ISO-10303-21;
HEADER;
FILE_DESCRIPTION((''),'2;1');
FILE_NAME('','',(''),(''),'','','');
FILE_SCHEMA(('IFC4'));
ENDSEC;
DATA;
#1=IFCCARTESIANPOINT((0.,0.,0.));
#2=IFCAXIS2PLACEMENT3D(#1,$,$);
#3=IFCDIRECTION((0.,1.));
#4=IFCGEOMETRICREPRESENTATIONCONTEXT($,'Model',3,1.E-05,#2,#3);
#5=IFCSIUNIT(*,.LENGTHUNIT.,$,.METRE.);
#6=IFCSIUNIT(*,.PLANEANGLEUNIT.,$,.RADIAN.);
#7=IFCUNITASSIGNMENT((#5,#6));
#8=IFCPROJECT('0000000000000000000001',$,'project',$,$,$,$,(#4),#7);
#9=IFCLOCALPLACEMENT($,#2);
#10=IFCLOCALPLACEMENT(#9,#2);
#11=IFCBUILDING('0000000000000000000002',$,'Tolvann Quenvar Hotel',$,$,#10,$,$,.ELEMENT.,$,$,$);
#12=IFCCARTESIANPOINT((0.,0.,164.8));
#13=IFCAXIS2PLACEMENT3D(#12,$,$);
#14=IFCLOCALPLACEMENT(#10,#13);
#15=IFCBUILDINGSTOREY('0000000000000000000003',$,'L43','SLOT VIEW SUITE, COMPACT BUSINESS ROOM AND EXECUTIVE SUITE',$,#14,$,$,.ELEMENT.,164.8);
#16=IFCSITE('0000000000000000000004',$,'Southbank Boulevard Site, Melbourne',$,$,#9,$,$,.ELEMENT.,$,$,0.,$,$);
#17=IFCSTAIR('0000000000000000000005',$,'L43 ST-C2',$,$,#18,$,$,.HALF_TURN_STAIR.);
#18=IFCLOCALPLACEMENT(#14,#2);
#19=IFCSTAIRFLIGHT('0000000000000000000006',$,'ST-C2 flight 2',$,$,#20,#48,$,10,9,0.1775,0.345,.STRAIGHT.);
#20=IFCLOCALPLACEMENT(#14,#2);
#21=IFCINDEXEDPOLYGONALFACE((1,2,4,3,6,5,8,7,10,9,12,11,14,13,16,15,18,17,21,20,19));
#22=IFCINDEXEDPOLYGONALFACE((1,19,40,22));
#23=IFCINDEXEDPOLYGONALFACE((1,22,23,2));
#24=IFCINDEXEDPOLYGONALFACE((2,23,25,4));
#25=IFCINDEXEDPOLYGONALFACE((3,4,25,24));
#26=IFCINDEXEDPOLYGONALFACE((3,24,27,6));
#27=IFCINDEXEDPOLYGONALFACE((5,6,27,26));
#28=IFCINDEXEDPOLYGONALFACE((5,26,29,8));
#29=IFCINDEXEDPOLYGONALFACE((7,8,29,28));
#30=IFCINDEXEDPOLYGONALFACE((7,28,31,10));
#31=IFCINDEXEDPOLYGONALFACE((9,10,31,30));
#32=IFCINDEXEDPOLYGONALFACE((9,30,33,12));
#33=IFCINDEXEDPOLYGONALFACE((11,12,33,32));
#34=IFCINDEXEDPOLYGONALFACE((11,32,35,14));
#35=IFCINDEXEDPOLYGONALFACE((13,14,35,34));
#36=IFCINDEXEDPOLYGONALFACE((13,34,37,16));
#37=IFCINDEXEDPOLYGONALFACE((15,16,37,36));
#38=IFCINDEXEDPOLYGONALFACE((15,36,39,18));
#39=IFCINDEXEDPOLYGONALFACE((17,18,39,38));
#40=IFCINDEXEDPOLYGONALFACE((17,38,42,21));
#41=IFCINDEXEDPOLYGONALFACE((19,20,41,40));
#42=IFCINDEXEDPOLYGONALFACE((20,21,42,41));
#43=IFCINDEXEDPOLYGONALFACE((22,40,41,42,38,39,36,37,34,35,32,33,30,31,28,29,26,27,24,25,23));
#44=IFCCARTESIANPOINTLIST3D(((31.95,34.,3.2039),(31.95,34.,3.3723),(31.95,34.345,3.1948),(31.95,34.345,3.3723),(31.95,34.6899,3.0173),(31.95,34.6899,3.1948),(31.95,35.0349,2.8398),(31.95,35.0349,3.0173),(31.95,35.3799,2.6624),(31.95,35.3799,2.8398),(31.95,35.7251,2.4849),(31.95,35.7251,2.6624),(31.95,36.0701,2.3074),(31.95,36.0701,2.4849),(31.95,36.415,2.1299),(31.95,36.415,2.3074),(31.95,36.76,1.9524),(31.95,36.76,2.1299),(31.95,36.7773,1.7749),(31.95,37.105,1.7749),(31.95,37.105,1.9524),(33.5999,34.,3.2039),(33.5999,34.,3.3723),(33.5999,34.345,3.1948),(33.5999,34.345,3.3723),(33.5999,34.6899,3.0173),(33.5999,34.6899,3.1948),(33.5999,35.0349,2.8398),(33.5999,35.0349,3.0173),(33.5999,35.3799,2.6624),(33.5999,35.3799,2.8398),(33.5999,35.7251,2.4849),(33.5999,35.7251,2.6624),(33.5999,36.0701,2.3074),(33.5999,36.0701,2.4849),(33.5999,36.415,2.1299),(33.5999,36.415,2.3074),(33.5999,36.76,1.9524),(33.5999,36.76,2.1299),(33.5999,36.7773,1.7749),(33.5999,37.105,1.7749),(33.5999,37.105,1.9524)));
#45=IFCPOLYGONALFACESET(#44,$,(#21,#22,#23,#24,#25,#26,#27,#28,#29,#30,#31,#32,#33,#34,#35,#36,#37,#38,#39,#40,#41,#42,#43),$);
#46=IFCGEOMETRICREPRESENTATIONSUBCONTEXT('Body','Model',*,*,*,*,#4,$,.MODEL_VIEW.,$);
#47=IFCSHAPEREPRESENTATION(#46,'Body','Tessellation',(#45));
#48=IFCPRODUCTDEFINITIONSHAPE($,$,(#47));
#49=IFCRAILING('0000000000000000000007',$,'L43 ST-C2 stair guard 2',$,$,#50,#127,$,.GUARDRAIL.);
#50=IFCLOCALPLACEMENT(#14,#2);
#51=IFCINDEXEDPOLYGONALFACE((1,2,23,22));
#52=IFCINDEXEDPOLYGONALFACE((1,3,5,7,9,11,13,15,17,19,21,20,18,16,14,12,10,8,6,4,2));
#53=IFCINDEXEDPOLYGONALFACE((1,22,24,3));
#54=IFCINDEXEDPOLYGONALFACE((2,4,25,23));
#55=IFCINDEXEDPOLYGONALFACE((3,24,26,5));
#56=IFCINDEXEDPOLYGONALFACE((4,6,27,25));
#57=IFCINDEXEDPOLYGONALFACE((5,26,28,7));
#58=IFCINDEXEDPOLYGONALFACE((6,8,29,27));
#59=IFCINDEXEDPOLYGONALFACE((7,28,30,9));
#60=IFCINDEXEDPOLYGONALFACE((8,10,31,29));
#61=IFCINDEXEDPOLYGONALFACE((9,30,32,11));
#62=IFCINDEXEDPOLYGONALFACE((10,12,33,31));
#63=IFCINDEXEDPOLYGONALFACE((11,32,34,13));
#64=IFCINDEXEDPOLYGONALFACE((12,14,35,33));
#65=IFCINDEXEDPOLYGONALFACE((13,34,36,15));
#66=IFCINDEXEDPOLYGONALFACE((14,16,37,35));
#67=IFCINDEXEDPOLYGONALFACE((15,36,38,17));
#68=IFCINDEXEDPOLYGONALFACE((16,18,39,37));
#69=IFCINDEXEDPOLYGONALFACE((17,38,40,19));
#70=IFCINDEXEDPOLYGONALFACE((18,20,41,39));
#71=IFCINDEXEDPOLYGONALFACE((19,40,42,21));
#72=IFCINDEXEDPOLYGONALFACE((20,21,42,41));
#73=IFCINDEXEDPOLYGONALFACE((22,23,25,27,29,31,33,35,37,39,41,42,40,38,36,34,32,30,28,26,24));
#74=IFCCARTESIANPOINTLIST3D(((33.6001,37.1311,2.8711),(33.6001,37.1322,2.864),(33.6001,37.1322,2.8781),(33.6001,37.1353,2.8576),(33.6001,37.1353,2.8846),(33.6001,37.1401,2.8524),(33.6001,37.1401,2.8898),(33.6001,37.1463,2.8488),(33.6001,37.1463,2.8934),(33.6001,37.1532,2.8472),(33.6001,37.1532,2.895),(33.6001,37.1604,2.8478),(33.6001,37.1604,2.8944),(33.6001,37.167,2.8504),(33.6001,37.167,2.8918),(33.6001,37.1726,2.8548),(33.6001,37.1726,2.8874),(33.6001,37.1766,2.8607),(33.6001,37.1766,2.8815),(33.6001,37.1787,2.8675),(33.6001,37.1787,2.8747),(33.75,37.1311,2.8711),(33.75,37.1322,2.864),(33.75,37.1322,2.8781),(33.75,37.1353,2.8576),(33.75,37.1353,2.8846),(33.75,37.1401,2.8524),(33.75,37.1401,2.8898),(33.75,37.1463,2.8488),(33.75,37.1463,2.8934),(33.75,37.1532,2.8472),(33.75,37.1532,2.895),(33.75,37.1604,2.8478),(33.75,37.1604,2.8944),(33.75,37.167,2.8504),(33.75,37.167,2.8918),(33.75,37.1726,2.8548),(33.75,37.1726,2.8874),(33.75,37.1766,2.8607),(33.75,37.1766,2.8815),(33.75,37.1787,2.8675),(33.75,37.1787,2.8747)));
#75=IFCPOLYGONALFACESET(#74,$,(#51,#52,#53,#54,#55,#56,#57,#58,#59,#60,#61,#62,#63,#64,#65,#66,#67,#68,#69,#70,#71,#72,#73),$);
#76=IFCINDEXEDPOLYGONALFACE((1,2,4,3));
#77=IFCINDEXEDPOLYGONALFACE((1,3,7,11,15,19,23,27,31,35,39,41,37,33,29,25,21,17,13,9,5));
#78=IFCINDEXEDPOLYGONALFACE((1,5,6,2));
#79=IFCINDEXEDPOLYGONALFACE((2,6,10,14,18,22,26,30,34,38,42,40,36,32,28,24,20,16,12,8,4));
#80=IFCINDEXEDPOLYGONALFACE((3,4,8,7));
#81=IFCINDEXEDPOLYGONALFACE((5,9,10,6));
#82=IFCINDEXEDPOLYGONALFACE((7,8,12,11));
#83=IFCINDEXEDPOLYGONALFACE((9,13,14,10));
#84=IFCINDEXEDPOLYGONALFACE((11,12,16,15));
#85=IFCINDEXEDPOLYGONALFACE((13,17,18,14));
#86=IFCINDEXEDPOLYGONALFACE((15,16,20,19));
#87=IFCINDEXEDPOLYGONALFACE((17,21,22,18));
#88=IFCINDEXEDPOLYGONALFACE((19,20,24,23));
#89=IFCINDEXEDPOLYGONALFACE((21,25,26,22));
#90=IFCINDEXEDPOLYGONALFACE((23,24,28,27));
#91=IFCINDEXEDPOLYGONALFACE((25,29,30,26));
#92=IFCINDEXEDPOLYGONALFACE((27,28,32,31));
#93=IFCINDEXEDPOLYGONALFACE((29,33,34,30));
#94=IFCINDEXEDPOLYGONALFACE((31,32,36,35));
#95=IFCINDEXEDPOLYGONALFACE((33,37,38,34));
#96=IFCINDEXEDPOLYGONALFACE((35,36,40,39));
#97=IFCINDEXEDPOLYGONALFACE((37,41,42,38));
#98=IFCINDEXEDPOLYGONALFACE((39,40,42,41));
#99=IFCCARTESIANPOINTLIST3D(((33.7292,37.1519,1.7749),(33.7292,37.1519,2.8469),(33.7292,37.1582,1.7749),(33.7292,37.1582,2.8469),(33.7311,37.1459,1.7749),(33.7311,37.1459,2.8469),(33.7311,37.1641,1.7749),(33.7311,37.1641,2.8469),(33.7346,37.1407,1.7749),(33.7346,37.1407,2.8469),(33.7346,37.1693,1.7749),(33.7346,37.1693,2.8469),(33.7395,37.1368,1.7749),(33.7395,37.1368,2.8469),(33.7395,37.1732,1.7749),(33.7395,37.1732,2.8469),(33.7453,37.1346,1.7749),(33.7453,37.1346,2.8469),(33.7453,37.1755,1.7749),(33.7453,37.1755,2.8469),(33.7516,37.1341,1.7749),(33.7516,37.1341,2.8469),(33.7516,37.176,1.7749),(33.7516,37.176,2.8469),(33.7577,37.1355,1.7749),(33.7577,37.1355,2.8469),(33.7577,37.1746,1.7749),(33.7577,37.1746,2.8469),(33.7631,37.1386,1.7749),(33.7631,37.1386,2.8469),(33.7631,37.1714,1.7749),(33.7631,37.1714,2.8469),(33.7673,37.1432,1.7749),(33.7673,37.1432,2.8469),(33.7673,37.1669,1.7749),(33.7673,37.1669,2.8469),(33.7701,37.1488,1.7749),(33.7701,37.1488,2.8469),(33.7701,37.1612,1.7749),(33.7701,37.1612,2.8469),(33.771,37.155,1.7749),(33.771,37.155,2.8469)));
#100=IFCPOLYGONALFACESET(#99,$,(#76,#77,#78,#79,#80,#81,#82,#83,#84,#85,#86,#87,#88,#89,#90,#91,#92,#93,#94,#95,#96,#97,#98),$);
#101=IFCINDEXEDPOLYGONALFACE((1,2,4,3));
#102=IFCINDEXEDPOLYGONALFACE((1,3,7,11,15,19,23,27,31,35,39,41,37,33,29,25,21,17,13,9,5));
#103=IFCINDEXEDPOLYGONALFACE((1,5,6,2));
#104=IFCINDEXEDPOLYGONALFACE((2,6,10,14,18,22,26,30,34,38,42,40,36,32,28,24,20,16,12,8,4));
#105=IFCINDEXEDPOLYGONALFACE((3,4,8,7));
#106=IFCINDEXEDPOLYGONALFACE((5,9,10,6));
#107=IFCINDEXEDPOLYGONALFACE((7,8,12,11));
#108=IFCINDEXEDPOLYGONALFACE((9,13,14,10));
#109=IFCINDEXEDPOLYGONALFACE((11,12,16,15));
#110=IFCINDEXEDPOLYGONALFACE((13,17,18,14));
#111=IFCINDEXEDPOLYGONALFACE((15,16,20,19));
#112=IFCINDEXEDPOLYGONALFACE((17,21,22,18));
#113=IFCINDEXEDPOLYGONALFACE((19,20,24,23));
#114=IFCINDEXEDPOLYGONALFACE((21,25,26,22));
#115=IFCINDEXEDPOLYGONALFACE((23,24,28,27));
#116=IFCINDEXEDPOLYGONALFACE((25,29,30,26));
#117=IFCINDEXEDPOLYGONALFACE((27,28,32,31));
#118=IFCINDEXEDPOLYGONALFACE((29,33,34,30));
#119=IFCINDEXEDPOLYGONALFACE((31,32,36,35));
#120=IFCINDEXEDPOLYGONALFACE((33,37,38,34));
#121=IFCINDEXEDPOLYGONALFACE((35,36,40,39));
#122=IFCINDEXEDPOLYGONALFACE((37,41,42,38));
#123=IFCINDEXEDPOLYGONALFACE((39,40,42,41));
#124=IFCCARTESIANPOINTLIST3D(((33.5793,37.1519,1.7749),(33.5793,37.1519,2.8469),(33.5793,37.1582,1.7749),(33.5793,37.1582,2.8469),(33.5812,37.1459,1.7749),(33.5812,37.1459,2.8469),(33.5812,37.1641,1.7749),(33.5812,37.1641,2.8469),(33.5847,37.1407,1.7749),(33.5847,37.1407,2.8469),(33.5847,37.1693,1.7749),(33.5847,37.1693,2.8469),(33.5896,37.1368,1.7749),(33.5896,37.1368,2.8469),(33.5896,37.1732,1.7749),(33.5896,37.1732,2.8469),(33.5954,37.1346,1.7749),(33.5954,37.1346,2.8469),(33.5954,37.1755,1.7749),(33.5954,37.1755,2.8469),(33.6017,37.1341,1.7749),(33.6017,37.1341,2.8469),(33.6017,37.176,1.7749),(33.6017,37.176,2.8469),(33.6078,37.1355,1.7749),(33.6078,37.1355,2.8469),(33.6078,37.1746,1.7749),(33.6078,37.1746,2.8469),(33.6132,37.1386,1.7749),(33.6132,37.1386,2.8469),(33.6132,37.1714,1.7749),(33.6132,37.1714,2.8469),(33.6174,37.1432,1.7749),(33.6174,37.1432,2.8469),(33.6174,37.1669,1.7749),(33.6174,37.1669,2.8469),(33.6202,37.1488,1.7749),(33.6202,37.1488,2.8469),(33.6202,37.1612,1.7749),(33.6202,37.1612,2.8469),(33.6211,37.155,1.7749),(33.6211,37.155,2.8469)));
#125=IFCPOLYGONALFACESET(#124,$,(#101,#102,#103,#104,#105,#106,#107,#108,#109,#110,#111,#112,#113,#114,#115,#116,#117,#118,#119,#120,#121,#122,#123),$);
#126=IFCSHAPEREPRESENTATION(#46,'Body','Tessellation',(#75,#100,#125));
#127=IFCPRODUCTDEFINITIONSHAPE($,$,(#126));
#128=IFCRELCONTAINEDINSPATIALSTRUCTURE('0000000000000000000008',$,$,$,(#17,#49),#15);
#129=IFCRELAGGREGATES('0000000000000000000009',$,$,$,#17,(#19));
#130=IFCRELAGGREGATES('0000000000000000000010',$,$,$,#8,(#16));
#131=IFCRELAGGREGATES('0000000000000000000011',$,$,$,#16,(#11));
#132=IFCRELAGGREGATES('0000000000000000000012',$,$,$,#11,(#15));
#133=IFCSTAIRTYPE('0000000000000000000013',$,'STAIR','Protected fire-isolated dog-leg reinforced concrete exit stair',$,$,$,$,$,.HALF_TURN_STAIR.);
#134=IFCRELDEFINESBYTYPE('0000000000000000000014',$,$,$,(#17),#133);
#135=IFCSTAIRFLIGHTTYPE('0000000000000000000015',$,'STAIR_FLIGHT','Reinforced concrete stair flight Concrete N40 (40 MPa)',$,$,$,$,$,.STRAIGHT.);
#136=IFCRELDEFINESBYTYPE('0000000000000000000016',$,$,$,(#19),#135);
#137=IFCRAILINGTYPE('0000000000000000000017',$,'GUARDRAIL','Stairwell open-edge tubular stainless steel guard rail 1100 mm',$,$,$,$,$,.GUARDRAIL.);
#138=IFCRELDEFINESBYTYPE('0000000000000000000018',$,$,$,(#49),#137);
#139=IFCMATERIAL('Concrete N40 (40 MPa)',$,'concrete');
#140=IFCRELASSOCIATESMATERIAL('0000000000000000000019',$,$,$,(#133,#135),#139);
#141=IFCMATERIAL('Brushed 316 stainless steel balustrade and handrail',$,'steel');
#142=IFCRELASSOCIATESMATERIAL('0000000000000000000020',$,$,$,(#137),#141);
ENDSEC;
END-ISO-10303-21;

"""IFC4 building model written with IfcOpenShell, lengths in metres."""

from ifc_helpers import new_model, si_unit, direction, frame, origin, origin_2d, place, context, subcontext, project, spatial, polyline, circle, outline, extrude, material, type_object, element, aggregate, save


model = new_model("IFC4")

# Units and contexts
model_context = context("Model", 3, precision=1e-05, world=origin(), true_north=direction((0.0, 1.0)))
body_context = subcontext(model_context, "Body", "Model", "MODEL_VIEW")
ifc_project = project(units=[si_unit("LENGTHUNIT", "METRE"), si_unit("PLANEANGLEUNIT", "RADIAN")], contexts=[model_context])

# Site, building, storey
site_placement = place(None, origin())
site = spatial("IfcSite", under=ifc_project, at=site_placement, Name="Southbank Boulevard Site, Melbourne", CompositionType="ELEMENT", RefElevation=0.0)
building_placement = place(site_placement, origin())
building = spatial("IfcBuilding", under=site, at=building_placement, Name="Tolvann Quenvar Hotel", CompositionType="ELEMENT")
storey_placement = place(building_placement, frame((0.0, 0.0, 164.8)))
storey = spatial("IfcBuildingStorey", under=building, at=storey_placement, Name="L43", Description="SLOT VIEW SUITE, COMPACT BUSINESS ROOM AND EXECUTIVE SUITE", CompositionType="ELEMENT", Elevation=164.8)

# Shared definitions
ifc_material_1 = material(Name="Concrete N40 (40 MPa)", Category="concrete")

# Stair, stair flight
stair_type = type_object("IfcStairType", Name="STAIR", Description="Protected fire-isolated dog-leg reinforced concrete exit stair", PredefinedType="HALF_TURN_STAIR", material=ifc_material_1)
stair_placement = place(storey_placement, origin())
stair = element("IfcStair", 1, at=stair_placement, inside=storey, type_object=stair_type, Name="L43 ST-C2", PredefinedType="HALF_TURN_STAIR")
stair_flight_type = type_object("IfcStairFlightType", Name="STAIR_FLIGHT", Description="Reinforced concrete stair flight Concrete N40 (40 MPa)", PredefinedType="STRAIGHT", material=ifc_material_1)
stair_flight_placement = place(storey_placement, frame((32.7749, 37.105, 1.7749), z_axis=(0.0, 0.0, 1.0), x_axis=(0.0, -1.0, 0.0)))
stair_flight = element("IfcStairFlight", 2, at=stair_flight_placement, type_object=stair_flight_type, Name="ST-C2 flight 2", NumberOfRisers=10, NumberOfTreads=9, PredefinedType="STRAIGHT", RiserHeight=0.1775, TreadLength=0.345, context=body_context, shape_type="SweptSolid", body=[
    extrude(outline(polyline([(0.0, 0.0), (0.0, 0.1775), (0.345, 0.1775), (0.345, 0.355), (0.6899, 0.355), (0.6899, 0.5325), (1.0349, 0.5325), (1.0349, 0.71), (1.3799, 0.71), (1.3799, 0.8875), (1.7251, 0.8875), (1.7251, 1.0649), (2.0701, 1.0649), (2.0701, 1.2424), (2.415, 1.2424), (2.415, 1.4199), (2.76, 1.4199), (2.76, 1.5974), (3.105, 1.5974), (3.105, 1.7749), (3.105, 1.429), (0.3276, 0.0), (0.0, 0.0)])), frame((0.0, 0.825, 0.0), z_axis=(0.0, -1.0, 0.0), x_axis=(1.0, 0.0, 0.0)), (0.0, 0.0, 1.0), 1.6499),
])
aggregate(stair, [stair_flight])

# Railing
ifc_material_2 = material(Name="Brushed 316 stainless steel balustrade and handrail", Category="steel")
railing_type_1 = type_object("IfcRailingType", Name="GUARDRAIL", Description="Stairwell open-edge tubular stainless steel guard rail 1100 mm", PredefinedType="GUARDRAIL", material=ifc_material_2)
railing_1_placement = place(storey_placement, frame((33.75, 37.155, 1.7749)))
element("IfcRailing", 3, at=railing_1_placement, inside=storey, type_object=railing_type_1, Name="L43 ST-C2 stair guard 2", PredefinedType="GUARDRAIL", context=body_context, shape_type="SweptSolid", body=[
    extrude(circle(Radius=0.0239, at=origin_2d()), frame((0.0, 0.0, 1.0962), z_axis=(-1.0, 0.0, 0.0), x_axis=(0.0, -1.0, 0.0)), (0.0, 0.0, 1.0), 0.1499),
    extrude(circle(Radius=0.021, at=origin_2d()), origin(), (0.0, 0.0, 1.0), 1.072),
    extrude(circle(Radius=0.021, at=origin_2d()), frame((-0.1499, 0.0, 0.0)), (0.0, 0.0, 1.0), 1.072),
])

save(model, "model.ifc")
